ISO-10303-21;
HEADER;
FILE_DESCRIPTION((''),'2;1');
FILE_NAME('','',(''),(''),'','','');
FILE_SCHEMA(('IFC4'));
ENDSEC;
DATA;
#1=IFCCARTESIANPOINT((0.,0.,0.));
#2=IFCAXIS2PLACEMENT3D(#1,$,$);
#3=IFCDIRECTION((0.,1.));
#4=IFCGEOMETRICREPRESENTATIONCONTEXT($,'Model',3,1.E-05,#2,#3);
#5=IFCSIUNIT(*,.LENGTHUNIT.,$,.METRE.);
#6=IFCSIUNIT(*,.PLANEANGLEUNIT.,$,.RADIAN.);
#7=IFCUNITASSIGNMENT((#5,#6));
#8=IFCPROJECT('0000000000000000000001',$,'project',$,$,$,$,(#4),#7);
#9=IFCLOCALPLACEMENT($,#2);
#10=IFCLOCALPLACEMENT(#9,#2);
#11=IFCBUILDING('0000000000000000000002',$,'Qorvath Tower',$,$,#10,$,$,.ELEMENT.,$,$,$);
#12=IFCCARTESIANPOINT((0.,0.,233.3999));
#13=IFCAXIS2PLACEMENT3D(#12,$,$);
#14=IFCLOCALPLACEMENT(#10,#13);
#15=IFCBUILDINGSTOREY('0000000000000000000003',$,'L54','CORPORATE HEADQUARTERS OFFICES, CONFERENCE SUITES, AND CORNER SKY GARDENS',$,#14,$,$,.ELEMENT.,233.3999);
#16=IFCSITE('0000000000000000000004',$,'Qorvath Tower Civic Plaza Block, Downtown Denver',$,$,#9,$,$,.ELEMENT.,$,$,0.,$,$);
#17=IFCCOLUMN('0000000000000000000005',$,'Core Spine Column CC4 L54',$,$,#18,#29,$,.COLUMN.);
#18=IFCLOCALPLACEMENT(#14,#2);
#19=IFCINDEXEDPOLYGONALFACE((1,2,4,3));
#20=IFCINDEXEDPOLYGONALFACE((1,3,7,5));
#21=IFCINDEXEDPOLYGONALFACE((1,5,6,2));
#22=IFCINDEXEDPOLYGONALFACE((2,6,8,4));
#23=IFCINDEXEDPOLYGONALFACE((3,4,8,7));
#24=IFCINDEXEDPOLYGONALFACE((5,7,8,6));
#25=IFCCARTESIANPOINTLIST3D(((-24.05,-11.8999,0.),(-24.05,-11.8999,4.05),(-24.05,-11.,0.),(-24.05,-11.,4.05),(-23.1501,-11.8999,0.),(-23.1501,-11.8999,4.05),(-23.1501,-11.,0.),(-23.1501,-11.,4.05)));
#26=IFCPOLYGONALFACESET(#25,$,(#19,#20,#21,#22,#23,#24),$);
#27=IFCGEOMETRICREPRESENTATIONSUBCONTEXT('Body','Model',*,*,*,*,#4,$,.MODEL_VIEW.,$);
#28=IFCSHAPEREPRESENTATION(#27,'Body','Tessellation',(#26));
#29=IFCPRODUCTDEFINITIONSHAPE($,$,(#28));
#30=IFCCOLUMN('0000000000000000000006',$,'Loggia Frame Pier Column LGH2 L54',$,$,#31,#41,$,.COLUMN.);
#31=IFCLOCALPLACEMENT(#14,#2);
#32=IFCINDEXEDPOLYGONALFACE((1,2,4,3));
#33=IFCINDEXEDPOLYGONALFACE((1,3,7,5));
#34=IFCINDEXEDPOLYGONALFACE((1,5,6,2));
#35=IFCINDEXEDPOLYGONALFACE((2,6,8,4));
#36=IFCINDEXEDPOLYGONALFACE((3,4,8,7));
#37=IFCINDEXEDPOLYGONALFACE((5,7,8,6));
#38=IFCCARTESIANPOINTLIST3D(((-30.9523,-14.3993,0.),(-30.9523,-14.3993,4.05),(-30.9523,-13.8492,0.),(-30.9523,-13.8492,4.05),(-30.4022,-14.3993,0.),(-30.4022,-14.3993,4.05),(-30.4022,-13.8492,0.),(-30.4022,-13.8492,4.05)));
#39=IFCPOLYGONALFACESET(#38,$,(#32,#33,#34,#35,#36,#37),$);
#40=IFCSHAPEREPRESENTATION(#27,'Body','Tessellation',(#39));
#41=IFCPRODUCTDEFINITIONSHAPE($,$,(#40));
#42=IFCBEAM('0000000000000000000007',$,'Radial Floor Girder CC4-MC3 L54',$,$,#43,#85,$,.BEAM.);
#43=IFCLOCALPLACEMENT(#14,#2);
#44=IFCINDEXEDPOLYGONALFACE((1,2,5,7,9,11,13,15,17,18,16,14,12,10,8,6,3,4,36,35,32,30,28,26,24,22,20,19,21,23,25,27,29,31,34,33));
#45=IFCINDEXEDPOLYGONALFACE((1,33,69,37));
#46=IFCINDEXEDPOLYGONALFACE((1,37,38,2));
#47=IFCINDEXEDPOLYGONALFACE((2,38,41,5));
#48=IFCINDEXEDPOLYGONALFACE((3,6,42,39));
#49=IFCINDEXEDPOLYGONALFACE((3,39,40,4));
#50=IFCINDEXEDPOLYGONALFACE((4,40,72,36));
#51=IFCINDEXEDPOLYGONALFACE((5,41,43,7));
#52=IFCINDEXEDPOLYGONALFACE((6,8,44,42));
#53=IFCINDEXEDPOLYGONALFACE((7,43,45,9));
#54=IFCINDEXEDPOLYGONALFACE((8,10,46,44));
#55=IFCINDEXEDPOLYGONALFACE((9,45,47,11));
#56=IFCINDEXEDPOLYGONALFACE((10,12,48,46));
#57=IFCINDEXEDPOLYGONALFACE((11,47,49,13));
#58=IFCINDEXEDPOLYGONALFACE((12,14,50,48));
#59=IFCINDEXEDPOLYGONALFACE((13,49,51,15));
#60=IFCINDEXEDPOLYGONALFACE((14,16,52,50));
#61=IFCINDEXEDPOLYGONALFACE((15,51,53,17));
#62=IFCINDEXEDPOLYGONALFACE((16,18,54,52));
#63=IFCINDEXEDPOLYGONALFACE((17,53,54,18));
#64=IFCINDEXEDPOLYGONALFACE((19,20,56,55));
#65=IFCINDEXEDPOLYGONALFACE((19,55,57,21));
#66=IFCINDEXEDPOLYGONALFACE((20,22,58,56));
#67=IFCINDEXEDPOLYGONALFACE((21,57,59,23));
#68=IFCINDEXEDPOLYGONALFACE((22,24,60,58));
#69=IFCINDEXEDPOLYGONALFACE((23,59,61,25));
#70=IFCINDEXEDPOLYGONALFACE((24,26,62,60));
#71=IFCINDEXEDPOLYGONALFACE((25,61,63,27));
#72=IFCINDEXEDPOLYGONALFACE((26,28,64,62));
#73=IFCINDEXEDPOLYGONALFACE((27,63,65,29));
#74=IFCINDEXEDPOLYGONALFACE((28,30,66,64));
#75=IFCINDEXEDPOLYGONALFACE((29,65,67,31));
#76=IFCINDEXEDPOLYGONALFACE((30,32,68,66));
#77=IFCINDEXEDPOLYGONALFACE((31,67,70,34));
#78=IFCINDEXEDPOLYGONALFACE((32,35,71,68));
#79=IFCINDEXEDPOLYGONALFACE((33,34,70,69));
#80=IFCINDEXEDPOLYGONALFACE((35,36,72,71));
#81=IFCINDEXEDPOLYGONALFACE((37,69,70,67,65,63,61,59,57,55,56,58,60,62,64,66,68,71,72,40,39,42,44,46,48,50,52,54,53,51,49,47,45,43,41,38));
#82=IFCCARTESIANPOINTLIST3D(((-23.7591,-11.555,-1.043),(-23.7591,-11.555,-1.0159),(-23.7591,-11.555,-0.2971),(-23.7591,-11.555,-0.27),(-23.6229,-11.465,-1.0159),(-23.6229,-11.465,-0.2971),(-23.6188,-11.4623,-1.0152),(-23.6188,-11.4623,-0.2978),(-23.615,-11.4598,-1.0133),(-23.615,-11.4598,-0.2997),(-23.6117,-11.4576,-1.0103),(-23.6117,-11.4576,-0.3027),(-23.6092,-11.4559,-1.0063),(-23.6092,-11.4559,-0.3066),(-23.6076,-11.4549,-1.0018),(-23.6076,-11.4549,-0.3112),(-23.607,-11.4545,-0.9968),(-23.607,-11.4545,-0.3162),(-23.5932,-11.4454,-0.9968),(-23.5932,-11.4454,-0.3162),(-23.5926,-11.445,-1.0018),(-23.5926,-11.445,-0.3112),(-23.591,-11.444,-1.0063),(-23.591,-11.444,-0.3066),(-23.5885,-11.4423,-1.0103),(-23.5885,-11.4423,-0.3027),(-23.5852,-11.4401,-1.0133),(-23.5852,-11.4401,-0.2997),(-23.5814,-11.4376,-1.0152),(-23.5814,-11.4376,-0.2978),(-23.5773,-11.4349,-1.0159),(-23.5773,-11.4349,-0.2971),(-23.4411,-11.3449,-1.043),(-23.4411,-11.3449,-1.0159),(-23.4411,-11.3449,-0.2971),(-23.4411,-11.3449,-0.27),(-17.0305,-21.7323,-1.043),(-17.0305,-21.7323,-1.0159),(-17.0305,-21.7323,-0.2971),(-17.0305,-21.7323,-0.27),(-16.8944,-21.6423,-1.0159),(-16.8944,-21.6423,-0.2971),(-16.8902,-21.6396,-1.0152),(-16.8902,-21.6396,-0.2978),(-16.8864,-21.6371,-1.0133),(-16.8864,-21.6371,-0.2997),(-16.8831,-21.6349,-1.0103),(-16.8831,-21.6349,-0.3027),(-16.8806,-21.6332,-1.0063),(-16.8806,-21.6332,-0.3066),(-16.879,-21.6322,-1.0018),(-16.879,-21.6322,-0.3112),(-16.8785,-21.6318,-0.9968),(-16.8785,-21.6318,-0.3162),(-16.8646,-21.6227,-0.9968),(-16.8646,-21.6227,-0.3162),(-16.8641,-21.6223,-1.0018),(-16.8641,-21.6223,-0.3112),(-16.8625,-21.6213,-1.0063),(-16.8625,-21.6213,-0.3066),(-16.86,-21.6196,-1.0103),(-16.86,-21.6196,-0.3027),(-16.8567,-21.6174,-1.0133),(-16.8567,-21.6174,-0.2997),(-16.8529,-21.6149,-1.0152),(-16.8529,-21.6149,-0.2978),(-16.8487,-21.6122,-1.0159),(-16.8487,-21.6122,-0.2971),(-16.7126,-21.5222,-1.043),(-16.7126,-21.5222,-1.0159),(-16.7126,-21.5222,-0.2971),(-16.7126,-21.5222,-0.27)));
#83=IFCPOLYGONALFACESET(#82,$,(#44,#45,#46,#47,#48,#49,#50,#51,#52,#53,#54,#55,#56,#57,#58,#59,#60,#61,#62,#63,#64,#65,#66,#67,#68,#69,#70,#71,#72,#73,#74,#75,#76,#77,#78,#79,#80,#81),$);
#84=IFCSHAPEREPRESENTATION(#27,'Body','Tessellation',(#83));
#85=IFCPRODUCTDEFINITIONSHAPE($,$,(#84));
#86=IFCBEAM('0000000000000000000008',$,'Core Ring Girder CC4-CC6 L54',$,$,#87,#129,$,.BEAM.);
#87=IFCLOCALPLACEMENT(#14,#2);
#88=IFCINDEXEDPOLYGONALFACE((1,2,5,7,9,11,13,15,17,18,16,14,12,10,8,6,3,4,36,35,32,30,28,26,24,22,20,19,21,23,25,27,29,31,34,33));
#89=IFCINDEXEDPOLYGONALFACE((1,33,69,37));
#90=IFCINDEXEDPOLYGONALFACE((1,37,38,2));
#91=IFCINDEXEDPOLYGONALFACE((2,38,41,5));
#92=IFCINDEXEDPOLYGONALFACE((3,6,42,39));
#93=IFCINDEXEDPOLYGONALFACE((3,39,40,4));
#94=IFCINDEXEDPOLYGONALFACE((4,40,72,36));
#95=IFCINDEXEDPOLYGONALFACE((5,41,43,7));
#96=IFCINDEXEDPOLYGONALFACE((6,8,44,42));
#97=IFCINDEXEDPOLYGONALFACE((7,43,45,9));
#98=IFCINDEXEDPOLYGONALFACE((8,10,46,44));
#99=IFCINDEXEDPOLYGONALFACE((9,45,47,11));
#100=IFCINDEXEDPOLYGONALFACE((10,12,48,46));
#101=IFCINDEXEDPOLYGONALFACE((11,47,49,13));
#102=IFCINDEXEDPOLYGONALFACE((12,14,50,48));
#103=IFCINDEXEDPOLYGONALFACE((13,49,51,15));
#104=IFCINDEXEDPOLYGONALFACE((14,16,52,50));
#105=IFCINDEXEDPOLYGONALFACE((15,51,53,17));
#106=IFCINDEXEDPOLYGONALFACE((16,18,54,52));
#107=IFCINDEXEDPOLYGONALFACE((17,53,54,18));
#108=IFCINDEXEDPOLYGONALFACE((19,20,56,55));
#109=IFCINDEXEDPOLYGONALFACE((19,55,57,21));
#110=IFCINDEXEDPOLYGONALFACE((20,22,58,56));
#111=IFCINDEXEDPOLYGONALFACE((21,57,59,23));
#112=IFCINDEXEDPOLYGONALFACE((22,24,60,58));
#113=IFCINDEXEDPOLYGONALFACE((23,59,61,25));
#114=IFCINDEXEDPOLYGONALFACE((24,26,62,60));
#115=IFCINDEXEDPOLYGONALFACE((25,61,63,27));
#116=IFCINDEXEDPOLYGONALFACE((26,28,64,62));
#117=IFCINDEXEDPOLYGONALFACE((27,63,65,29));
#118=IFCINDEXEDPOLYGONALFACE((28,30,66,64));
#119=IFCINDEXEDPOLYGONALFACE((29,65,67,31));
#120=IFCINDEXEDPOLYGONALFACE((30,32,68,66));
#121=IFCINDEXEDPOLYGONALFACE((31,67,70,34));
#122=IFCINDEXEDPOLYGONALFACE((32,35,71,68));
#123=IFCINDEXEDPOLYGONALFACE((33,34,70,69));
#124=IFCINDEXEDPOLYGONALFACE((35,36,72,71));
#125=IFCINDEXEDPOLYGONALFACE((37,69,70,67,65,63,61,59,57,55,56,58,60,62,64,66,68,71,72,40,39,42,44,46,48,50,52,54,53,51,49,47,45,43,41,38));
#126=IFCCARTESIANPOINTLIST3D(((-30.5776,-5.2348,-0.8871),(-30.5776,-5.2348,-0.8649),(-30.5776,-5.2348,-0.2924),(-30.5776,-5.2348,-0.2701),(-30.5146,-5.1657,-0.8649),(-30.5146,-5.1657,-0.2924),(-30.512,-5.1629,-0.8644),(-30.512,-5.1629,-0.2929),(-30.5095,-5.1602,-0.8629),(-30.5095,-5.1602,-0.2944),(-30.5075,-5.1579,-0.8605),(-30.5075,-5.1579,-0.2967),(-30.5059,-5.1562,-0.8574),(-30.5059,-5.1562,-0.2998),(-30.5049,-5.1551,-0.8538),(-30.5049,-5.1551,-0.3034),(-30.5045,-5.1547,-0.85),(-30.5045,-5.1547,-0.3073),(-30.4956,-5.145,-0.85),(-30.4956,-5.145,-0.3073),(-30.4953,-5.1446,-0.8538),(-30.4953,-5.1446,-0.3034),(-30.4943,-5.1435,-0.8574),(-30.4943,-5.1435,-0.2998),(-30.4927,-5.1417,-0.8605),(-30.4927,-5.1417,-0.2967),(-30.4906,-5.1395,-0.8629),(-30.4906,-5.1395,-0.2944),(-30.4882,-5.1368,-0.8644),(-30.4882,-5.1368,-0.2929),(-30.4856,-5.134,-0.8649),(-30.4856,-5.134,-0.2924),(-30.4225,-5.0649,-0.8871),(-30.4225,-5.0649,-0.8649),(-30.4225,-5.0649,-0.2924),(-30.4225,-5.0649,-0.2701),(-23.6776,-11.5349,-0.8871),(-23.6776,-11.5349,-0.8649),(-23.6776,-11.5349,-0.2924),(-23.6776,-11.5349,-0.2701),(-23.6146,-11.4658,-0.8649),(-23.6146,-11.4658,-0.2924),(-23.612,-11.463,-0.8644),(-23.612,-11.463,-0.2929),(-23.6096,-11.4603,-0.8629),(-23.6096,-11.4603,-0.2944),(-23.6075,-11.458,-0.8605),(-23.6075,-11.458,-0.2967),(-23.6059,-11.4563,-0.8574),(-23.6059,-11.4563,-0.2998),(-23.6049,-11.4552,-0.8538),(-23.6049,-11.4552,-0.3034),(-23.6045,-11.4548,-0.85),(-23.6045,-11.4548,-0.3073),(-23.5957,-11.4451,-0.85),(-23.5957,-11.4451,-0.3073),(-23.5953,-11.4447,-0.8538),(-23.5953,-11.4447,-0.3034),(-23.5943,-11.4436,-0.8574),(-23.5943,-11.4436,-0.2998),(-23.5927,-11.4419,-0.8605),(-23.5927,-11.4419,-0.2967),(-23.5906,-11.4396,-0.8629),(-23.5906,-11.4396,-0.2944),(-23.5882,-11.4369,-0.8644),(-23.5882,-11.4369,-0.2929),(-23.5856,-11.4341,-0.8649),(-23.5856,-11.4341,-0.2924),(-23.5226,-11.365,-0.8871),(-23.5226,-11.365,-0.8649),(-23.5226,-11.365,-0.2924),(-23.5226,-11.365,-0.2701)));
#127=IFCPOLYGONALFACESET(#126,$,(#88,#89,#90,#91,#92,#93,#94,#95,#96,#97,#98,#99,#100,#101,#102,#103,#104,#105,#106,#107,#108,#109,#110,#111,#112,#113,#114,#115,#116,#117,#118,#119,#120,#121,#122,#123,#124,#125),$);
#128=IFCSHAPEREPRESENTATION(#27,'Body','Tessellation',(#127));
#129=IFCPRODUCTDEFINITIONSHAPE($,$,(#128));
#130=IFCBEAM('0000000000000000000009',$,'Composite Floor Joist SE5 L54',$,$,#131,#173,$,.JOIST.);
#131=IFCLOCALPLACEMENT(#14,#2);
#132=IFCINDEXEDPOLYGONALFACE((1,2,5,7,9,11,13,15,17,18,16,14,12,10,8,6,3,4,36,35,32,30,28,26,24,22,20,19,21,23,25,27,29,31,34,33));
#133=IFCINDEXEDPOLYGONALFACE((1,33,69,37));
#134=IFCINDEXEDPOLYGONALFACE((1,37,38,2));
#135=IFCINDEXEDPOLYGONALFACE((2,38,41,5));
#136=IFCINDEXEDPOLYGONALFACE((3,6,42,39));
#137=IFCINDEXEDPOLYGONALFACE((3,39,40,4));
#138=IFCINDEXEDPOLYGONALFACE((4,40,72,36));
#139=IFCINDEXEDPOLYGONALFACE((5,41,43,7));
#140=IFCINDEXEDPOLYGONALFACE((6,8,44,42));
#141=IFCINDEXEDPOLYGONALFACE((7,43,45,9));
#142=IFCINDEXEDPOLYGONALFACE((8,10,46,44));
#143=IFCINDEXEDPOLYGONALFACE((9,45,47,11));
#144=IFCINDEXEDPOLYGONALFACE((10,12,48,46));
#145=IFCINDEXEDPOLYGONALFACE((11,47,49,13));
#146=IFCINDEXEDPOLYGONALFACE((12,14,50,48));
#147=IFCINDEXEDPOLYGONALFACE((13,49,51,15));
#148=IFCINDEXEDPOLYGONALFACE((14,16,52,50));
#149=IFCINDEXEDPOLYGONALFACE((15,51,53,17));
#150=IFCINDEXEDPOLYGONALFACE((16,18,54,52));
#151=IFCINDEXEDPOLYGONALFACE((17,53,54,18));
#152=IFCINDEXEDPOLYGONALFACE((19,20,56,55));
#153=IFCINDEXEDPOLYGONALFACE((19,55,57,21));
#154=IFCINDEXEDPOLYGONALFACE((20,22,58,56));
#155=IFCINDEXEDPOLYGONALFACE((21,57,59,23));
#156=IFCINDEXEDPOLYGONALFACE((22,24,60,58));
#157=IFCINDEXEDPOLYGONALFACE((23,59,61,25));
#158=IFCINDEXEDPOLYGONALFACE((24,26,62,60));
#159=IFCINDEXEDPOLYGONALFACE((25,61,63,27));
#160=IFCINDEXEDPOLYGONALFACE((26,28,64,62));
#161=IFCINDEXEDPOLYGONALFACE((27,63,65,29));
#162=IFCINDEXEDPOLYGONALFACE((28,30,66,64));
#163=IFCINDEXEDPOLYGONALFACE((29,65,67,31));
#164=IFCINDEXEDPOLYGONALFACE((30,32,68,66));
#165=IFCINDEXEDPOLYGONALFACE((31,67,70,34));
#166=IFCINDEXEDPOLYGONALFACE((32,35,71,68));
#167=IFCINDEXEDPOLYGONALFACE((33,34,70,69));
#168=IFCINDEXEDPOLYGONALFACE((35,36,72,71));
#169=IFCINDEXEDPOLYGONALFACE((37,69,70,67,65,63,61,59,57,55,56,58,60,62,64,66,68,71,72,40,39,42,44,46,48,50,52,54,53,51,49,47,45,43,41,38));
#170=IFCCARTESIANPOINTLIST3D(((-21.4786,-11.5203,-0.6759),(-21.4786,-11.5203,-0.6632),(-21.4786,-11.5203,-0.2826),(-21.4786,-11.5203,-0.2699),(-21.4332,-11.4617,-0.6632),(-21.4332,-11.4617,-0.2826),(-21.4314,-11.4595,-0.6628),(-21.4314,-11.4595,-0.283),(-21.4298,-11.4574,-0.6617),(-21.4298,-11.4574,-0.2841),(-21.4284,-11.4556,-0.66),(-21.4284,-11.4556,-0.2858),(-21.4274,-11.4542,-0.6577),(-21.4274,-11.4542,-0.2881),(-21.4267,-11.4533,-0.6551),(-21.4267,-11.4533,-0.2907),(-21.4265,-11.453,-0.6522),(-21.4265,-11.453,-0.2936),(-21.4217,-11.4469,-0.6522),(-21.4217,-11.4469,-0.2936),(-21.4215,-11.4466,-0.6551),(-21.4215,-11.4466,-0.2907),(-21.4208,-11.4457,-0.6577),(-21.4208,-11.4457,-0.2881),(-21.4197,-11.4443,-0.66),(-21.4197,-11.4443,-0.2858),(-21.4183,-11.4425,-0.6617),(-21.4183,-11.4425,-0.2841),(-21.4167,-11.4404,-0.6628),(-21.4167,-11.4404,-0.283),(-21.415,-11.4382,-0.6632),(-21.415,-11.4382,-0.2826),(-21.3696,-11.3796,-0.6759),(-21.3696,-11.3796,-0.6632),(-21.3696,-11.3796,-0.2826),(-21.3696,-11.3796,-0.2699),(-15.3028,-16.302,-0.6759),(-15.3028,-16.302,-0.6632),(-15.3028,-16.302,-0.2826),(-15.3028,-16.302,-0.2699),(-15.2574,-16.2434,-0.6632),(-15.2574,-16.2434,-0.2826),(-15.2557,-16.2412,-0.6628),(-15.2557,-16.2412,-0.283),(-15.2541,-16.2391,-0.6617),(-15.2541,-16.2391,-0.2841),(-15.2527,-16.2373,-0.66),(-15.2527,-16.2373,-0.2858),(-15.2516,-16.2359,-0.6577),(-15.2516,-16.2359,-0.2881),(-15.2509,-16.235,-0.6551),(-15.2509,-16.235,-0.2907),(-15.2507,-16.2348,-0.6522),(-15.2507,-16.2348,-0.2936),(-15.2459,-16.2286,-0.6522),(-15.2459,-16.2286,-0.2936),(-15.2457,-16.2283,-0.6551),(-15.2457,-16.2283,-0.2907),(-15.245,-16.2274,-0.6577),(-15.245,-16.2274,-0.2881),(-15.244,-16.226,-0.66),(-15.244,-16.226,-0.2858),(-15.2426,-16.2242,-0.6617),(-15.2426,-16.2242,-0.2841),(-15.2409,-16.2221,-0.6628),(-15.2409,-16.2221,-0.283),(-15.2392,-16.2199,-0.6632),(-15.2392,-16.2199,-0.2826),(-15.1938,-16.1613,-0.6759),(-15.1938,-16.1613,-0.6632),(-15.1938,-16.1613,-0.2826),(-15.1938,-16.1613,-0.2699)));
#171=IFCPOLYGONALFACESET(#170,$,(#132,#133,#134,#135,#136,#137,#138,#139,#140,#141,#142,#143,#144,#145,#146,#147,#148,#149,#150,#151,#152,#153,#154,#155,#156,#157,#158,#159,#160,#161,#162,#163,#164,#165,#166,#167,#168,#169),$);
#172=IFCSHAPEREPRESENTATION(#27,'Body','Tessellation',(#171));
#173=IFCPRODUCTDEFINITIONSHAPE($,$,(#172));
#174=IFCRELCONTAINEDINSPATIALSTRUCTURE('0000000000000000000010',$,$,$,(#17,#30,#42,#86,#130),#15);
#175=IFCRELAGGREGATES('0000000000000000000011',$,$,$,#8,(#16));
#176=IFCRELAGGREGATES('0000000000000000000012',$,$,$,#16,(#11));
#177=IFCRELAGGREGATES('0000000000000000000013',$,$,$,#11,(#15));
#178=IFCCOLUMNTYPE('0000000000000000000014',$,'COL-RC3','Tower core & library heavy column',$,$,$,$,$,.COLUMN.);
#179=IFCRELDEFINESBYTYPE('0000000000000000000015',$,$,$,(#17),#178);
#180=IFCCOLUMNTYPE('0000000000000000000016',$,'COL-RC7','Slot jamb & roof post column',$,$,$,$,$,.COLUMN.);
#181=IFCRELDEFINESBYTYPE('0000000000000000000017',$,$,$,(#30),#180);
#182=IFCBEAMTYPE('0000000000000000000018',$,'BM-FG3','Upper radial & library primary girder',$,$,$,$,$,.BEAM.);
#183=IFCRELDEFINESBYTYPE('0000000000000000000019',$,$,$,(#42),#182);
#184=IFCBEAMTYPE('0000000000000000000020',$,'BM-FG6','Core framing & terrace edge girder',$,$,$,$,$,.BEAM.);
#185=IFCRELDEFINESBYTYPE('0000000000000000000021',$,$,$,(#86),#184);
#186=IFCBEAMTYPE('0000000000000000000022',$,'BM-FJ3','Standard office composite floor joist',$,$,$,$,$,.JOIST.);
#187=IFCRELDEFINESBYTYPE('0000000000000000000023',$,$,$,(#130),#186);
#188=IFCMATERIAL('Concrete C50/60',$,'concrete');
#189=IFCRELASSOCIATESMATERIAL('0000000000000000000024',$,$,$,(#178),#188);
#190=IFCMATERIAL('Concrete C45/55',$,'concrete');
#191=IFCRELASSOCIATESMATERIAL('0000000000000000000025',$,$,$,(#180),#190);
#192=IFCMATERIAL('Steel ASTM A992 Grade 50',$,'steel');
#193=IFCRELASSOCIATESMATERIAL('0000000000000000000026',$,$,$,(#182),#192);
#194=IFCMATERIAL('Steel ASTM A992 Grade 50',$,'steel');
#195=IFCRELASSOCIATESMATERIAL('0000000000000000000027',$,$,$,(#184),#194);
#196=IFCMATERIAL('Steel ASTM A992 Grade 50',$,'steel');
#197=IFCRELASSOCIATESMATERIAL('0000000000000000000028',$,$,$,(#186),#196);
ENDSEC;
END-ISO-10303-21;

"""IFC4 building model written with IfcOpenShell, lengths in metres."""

from ifc_helpers import new_model, si_unit, direction, frame, origin, origin_2d, place, context, subcontext, project, spatial, rectangle, i_section, extrude, material, material_profile, profile_set, type_object, element, save


model = new_model("IFC4")

# Units and contexts
model_context = context("Model", 3, precision=1e-05, world=origin(), true_north=direction((0.0, 1.0)))
body_context = subcontext(model_context, "Body", "Model", "MODEL_VIEW")
ifc_project = project(units=[si_unit("LENGTHUNIT", "METRE"), si_unit("PLANEANGLEUNIT", "RADIAN")], contexts=[model_context])

# Site, building, storey
site_placement = place(None, origin())
site = spatial("IfcSite", under=ifc_project, at=site_placement, Name="Qorvath Tower Civic Plaza Block, Downtown Denver", CompositionType="ELEMENT", RefElevation=0.0)
building_placement = place(site_placement, origin())
building = spatial("IfcBuilding", under=site, at=building_placement, Name="Qorvath Tower", CompositionType="ELEMENT")
storey_placement = place(building_placement, frame((0.0, 0.0, 233.3999)))
storey = spatial("IfcBuildingStorey", under=building, at=storey_placement, Name="L54", Description="CORPORATE HEADQUARTERS OFFICES, CONFERENCE SUITES, AND CORNER SKY GARDENS", CompositionType="ELEMENT", Elevation=233.3999)

# Columns
ifc_material_1 = material(Name="Concrete C50/60", Category="concrete")
ifc_material_profile_1 = material_profile(ifc_material_1, rectangle(XDim=0.8999, YDim=0.8999, at=origin_2d()), Name="RC 900x900")
ifc_profile_set_1 = profile_set([ifc_material_profile_1], Name="Concrete C50/60")
column_type_1 = type_object("IfcColumnType", Name="COL-RC3", Description="Tower core & library heavy column", PredefinedType="COLUMN", material=ifc_profile_set_1)
column_1_placement = place(storey_placement, frame((-23.6001, -11.45, 0.0), z_axis=(0.0, 0.0, 1.0), x_axis=(1.0, 0.0, 0.0)))
element("IfcColumn", 1, at=column_1_placement, inside=storey, type_object=column_type_1, Name="Core Spine Column CC4 L54", PredefinedType="COLUMN", context=body_context, shape_type="SweptSolid", body=[
    extrude(rectangle(XDim=0.8999, YDim=0.8999, at=origin_2d()), origin(), (0.0, 0.0, 1.0), 4.05),
])
ifc_material_2 = material(Name="Concrete C45/55", Category="concrete")
ifc_material_profile_2 = material_profile(ifc_material_2, rectangle(XDim=0.55, YDim=0.55, at=origin_2d()), Name="RC 550x550")
ifc_profile_set_2 = profile_set([ifc_material_profile_2], Name="Concrete C45/55")
column_type_2 = type_object("IfcColumnType", Name="COL-RC7", Description="Slot jamb & roof post column", PredefinedType="COLUMN", material=ifc_profile_set_2)
column_2_placement = place(storey_placement, frame((-30.6772, -14.1243, 0.0), z_axis=(0.0, 0.0, 1.0), x_axis=(1.0, 0.0, 0.0)))
element("IfcColumn", 2, at=column_2_placement, inside=storey, type_object=column_type_2, Name="Loggia Frame Pier Column LGH2 L54", PredefinedType="COLUMN", context=body_context, shape_type="SweptSolid", body=[
    extrude(rectangle(XDim=0.55, YDim=0.55, at=origin_2d()), origin(), (0.0, 0.0, 1.0), 4.05),
])

# Beams
ifc_material_3 = material(Name="Steel ASTM A992 Grade 50", Category="steel")
ifc_material_profile_3 = material_profile(ifc_material_3, i_section(OverallWidth=0.3811, OverallDepth=0.7729, WebThickness=0.0166, FlangeThickness=0.0271, FilletRadius=0.019, at=origin_2d()), Name="W30x173")
ifc_profile_set_3 = profile_set([ifc_material_profile_3], Name="Steel ASTM A992 Grade 50")
beam_type_1 = type_object("IfcBeamType", Name="BM-FG3", Description="Upper radial & library primary girder", PredefinedType="BEAM", material=ifc_profile_set_3)
beam_1_placement = place(storey_placement, frame((-23.6001, -11.45, -0.6565), z_axis=(0.551501, -0.834175, 0.0), x_axis=(0.834175, 0.551501, 0.0)))
element("IfcBeam", 3, at=beam_1_placement, inside=storey, type_object=beam_type_1, Name="Radial Floor Girder CC4-MC3 L54", PredefinedType="BEAM", context=body_context, shape_type="SweptSolid", body=[
    extrude(i_section(OverallWidth=0.3811, OverallDepth=0.7729, WebThickness=0.0166, FlangeThickness=0.0271, FilletRadius=0.019, at=origin_2d()), origin(), (0.0, 0.0, 1.0), 12.2004),
])
ifc_material_4 = material(Name="Steel ASTM A992 Grade 50", Category="steel")
ifc_material_profile_4 = material_profile(ifc_material_4, i_section(OverallWidth=0.23, OverallDepth=0.6169, WebThickness=0.0132, FlangeThickness=0.0222, FilletRadius=0.0149, at=origin_2d()), Name="W24x94")
ifc_profile_set_4 = profile_set([ifc_material_profile_4], Name="Steel ASTM A992 Grade 50")
beam_type_2 = type_object("IfcBeamType", Name="BM-FG6", Description="Core framing & terrace edge girder", PredefinedType="BEAM", material=ifc_profile_set_4)
beam_2_placement = place(storey_placement, frame((-23.6001, -11.45, -0.5786), z_axis=(-0.738478, 0.674277, 0.0), x_axis=(-0.674277, -0.738478, 0.0)))
element("IfcBeam", 4, at=beam_2_placement, inside=storey, type_object=beam_type_2, Name="Core Ring Girder CC4-CC6 L54", PredefinedType="BEAM", context=body_context, shape_type="SweptSolid", body=[
    extrude(i_section(OverallWidth=0.23, OverallDepth=0.6169, WebThickness=0.0132, FlangeThickness=0.0222, FilletRadius=0.0149, at=origin_2d()), origin(), (0.0, 0.0, 1.0), 9.3435),
])
ifc_material_5 = material(Name="Steel ASTM A992 Grade 50", Category="steel")
ifc_material_profile_5 = material_profile(ifc_material_5, i_section(OverallWidth=0.178, OverallDepth=0.406, WebThickness=0.0078, FlangeThickness=0.0127, FilletRadius=0.011, at=origin_2d()), Name="W16x40")
ifc_profile_set_5 = profile_set([ifc_material_profile_5], Name="Steel ASTM A992 Grade 50")
beam_type_3 = type_object("IfcBeamType", Name="BM-FJ3", Description="Standard office composite floor joist", PredefinedType="JOIST", material=ifc_profile_set_5)
beam_3_placement = place(storey_placement, frame((-21.4241, -11.45, -0.4729), z_axis=(0.790693, -0.612212, 0.0), x_axis=(0.612212, 0.790693, 0.0)))
element("IfcBeam", 5, at=beam_3_placement, inside=storey, type_object=beam_type_3, Name="Composite Floor Joist SE5 L54", PredefinedType="JOIST", context=body_context, shape_type="SweptSolid", body=[
    extrude(i_section(OverallWidth=0.178, OverallDepth=0.406, WebThickness=0.0078, FlangeThickness=0.0127, FilletRadius=0.011, at=origin_2d()), origin(), (0.0, 0.0, 1.0), 7.8105),
])

save(model, "model.ifc")
